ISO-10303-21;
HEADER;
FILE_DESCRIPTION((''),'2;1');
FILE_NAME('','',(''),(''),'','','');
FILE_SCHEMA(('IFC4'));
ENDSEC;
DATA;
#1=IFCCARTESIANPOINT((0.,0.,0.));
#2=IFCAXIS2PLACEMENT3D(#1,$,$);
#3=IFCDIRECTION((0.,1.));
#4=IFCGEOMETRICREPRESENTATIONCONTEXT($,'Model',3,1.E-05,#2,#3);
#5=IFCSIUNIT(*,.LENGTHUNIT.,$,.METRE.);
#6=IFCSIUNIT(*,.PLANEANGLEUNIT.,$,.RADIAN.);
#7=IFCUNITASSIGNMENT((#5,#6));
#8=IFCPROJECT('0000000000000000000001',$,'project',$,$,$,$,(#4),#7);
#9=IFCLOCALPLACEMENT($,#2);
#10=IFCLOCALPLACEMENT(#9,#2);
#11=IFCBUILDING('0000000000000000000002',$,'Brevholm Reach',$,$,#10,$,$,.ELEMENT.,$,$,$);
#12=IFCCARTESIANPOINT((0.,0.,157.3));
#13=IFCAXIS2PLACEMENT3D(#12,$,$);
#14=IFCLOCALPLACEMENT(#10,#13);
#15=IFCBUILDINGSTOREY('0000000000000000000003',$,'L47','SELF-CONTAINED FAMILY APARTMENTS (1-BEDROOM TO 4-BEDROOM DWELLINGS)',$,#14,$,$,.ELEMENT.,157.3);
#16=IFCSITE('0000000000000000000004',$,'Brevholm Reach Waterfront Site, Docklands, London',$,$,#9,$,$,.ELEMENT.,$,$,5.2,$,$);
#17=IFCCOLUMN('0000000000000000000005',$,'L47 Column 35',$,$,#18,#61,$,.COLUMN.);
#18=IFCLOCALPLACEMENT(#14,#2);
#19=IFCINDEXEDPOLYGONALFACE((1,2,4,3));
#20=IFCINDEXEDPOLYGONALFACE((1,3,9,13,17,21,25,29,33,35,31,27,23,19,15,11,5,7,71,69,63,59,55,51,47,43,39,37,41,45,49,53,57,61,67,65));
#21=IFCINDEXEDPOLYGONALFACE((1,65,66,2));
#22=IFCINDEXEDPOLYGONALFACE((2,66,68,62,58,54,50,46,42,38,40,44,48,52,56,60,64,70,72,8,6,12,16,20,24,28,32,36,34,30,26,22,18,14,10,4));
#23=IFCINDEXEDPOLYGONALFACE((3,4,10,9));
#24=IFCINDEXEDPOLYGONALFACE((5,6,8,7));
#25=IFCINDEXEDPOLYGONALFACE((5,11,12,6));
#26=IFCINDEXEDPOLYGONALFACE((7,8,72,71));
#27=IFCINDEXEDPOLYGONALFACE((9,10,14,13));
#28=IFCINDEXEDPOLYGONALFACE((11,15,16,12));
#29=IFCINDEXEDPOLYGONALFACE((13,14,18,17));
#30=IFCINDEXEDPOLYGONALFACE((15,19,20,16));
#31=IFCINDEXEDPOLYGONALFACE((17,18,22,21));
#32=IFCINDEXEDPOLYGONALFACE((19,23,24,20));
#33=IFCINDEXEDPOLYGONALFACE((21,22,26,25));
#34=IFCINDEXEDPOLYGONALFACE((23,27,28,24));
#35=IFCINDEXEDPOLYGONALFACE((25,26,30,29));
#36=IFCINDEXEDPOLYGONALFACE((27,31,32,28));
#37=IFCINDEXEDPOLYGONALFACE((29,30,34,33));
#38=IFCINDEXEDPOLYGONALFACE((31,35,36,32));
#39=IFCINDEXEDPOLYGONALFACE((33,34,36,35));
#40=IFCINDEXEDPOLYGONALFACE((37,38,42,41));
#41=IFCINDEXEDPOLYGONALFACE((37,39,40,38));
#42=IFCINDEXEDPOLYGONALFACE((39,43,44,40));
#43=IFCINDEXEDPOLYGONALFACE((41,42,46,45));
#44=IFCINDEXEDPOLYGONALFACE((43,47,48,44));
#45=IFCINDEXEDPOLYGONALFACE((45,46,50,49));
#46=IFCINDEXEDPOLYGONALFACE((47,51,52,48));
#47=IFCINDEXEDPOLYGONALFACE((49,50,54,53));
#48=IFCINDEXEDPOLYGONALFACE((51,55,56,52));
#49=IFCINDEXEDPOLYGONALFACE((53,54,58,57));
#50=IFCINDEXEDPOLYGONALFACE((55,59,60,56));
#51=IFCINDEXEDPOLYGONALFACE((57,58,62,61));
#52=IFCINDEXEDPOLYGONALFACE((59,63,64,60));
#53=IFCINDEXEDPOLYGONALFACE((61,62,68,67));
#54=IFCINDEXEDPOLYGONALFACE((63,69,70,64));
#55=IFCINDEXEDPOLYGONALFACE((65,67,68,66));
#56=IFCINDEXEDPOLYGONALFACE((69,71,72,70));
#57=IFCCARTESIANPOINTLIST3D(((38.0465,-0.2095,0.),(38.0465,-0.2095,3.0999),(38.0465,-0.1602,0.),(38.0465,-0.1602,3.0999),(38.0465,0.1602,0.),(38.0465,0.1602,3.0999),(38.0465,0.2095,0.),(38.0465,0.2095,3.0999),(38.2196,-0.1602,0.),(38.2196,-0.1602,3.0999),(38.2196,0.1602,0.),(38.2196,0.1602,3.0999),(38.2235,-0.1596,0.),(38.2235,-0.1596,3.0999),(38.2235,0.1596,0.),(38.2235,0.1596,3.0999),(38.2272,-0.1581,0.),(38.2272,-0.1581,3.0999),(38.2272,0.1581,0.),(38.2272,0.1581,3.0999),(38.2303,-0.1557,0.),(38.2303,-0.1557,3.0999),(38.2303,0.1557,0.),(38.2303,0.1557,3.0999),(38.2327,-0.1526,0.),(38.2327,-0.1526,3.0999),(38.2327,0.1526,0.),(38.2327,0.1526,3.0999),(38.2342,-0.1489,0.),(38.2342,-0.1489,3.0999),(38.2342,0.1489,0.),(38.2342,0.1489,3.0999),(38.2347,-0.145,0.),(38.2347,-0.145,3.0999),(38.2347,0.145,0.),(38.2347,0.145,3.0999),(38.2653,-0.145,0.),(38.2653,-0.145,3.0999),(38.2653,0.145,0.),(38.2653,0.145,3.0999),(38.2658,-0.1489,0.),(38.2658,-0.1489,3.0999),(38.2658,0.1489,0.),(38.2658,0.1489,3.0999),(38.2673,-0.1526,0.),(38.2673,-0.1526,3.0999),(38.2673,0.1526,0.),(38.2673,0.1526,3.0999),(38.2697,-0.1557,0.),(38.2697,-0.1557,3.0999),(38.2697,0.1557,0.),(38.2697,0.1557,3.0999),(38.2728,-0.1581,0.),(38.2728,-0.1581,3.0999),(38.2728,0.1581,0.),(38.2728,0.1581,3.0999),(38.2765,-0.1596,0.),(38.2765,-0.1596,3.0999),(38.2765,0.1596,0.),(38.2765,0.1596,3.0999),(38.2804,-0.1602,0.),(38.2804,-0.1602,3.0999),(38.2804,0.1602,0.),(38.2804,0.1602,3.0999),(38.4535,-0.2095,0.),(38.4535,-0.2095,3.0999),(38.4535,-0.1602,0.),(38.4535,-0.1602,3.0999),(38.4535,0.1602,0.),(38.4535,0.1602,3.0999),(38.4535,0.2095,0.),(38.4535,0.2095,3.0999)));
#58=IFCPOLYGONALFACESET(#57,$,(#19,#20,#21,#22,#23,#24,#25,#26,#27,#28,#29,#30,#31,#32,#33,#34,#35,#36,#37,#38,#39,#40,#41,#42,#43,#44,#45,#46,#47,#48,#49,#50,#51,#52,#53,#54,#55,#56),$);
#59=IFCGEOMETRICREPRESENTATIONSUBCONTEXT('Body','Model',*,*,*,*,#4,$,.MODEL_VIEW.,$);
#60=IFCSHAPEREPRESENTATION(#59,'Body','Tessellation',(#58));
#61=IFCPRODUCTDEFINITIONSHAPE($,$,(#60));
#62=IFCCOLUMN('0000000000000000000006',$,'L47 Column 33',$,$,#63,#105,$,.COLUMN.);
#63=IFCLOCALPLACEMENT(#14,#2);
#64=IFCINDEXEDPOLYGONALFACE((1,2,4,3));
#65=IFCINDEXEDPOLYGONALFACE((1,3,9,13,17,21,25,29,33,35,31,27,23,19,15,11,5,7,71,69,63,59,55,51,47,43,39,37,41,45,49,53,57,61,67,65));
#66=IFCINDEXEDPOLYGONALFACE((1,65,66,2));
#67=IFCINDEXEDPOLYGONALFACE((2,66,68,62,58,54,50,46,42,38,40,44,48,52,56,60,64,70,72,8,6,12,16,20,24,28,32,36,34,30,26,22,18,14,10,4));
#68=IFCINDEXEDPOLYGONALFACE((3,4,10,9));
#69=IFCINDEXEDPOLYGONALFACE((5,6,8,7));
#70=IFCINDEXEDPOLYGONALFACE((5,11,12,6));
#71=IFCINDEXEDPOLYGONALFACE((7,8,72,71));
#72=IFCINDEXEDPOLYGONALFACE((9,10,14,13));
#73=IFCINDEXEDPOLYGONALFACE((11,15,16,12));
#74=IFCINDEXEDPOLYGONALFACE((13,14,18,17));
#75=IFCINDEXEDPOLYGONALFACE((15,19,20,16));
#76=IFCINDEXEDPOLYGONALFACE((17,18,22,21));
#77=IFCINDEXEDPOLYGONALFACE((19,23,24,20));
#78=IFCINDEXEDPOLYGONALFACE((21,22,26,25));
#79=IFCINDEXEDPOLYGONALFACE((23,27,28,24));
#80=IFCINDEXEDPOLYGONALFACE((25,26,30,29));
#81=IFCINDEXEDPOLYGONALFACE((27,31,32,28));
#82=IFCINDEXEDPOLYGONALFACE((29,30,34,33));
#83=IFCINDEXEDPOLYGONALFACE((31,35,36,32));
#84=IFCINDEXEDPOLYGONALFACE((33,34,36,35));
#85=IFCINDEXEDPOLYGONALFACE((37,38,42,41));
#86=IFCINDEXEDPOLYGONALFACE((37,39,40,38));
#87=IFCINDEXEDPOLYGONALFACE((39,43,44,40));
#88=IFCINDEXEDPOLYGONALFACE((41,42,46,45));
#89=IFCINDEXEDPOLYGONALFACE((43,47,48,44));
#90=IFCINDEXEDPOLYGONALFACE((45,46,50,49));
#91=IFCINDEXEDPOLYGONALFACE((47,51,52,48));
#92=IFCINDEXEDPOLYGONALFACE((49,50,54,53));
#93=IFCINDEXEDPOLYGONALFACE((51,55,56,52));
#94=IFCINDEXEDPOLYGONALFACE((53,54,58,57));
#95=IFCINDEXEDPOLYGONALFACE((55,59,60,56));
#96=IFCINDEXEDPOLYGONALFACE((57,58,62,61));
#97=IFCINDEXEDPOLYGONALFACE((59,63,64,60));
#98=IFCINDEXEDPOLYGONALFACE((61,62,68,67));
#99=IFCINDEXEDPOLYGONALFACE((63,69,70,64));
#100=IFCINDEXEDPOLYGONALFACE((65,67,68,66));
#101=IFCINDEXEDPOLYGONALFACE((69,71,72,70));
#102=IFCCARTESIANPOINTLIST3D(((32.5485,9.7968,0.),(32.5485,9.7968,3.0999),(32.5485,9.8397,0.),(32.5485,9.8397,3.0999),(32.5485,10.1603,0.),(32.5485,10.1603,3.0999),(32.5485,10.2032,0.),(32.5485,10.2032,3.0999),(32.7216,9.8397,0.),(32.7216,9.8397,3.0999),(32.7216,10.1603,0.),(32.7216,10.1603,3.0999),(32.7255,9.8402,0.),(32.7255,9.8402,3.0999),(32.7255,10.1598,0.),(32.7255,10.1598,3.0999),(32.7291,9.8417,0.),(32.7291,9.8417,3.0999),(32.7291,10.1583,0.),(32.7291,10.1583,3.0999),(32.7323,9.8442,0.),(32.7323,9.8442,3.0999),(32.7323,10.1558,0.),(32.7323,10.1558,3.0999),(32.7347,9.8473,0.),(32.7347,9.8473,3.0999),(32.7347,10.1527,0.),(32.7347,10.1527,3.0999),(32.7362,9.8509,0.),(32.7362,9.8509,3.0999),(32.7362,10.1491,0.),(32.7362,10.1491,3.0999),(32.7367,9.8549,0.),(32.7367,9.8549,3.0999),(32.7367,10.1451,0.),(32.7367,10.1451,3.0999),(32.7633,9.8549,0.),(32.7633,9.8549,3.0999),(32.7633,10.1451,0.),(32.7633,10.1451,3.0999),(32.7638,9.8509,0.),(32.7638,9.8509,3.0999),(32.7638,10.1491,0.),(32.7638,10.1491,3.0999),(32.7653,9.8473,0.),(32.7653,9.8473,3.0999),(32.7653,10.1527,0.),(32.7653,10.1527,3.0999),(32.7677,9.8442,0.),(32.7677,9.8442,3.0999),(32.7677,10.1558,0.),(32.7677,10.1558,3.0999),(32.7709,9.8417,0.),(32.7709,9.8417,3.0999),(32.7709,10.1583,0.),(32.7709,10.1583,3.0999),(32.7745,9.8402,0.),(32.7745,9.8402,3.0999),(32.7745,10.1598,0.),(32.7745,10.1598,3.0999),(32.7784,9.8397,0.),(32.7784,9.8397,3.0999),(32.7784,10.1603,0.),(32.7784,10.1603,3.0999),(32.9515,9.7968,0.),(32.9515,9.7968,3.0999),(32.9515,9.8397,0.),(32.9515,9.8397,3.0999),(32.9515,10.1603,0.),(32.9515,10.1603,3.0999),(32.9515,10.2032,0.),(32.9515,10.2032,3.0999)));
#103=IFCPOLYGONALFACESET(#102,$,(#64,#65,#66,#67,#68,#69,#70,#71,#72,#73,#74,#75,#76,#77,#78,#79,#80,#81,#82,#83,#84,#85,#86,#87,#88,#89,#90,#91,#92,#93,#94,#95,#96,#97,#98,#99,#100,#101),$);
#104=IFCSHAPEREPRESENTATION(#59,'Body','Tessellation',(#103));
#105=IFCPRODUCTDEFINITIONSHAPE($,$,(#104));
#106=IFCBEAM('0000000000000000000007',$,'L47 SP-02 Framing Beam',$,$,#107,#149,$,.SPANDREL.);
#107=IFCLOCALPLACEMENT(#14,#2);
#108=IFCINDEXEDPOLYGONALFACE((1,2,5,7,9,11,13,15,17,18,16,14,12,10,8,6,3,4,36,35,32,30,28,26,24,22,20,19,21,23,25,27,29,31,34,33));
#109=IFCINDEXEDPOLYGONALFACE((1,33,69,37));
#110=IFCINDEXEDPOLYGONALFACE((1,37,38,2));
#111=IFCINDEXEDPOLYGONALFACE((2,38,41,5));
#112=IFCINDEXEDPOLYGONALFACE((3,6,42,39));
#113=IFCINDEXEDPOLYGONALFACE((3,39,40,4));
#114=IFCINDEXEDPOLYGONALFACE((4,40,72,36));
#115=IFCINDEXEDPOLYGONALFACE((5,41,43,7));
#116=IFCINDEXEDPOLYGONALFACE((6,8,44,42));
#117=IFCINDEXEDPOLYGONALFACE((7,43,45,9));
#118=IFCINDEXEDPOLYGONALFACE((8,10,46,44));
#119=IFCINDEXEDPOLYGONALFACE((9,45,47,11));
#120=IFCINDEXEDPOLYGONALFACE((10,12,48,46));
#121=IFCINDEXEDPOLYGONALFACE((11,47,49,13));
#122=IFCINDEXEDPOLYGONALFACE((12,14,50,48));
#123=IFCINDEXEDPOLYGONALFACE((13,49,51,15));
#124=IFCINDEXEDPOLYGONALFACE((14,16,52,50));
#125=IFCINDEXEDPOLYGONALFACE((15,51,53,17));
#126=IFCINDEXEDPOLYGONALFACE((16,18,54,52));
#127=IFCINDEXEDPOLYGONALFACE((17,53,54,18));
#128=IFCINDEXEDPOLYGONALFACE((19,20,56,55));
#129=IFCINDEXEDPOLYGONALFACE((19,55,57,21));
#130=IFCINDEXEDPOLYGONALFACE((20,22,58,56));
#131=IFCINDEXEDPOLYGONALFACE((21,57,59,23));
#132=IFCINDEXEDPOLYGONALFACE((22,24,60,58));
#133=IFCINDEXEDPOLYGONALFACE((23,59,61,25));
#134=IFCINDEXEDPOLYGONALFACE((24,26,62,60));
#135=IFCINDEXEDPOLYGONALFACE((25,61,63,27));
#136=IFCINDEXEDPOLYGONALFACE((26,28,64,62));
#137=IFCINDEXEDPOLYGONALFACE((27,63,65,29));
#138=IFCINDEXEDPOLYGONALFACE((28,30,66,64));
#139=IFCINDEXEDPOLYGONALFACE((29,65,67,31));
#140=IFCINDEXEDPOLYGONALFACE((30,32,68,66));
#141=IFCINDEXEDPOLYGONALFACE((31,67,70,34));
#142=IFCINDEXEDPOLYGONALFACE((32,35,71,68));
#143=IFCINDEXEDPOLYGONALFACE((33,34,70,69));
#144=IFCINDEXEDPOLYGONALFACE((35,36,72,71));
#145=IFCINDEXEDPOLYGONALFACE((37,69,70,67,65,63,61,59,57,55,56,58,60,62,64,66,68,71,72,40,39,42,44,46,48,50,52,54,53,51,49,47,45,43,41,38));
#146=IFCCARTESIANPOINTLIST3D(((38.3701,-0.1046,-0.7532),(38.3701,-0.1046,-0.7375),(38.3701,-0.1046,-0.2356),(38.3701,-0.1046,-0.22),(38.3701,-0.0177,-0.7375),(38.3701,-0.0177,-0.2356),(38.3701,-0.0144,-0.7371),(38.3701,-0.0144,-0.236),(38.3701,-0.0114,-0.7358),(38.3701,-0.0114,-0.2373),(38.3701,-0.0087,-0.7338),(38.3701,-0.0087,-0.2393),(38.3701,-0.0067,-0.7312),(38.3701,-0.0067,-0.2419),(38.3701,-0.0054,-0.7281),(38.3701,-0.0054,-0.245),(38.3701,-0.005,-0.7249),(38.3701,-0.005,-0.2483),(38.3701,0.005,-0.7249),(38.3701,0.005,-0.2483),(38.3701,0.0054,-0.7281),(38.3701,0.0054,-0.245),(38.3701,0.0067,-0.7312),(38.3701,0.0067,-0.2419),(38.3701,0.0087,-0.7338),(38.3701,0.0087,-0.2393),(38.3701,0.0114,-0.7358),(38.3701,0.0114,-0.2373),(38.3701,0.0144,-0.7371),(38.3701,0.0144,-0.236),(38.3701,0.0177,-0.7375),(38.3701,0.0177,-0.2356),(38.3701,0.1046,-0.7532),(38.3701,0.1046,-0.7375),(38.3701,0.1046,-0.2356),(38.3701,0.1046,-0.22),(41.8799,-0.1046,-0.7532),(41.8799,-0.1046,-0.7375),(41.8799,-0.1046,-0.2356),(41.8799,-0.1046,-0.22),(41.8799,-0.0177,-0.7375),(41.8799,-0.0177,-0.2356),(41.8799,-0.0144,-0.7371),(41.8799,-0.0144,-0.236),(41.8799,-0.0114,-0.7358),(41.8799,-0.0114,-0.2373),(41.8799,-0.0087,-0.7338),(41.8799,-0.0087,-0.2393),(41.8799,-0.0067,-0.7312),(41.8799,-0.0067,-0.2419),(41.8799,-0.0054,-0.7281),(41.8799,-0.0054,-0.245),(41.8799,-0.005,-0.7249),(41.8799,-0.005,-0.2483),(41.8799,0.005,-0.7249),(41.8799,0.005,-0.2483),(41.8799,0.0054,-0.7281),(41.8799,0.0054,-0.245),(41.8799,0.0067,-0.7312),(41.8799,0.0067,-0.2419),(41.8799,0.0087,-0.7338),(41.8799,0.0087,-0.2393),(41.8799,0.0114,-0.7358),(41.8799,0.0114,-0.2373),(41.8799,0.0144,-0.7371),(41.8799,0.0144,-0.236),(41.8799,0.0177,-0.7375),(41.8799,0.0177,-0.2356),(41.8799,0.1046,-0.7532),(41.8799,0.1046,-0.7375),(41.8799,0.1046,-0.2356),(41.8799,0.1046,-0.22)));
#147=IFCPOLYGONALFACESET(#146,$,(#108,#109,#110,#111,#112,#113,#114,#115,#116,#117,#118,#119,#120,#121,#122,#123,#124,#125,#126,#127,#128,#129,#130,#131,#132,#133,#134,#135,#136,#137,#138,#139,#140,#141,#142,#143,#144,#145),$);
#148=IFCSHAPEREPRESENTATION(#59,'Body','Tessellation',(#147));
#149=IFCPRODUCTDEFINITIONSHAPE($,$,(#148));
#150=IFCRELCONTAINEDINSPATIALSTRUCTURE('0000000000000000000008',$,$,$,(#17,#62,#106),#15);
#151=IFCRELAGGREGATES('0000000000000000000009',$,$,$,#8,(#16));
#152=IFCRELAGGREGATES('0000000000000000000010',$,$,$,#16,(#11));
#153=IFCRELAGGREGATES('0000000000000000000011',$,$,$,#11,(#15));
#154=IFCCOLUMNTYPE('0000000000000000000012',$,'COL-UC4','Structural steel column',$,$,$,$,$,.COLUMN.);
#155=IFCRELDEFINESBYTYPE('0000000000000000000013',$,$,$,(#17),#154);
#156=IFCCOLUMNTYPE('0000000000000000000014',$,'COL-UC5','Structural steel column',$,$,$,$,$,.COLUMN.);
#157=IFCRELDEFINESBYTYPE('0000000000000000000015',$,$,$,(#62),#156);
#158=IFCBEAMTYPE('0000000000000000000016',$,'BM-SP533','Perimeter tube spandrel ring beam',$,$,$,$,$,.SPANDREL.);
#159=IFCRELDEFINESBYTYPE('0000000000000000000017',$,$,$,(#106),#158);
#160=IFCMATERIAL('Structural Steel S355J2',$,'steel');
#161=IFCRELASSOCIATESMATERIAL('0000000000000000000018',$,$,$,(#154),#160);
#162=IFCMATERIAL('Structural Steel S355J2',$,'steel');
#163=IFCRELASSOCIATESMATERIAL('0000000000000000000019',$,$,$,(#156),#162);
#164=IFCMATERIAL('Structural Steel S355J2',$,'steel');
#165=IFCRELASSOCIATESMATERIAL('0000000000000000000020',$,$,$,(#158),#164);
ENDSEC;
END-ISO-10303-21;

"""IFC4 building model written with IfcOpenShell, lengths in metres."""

from ifc_helpers import new_model, si_unit, direction, frame, origin, origin_2d, place, context, subcontext, project, spatial, i_section, extrude, material, material_profile, profile_set, type_object, element, save


model = new_model("IFC4")

# Units and contexts
model_context = context("Model", 3, precision=1e-05, world=origin(), true_north=direction((0.0, 1.0)))
body_context = subcontext(model_context, "Body", "Model", "MODEL_VIEW")
ifc_project = project(units=[si_unit("LENGTHUNIT", "METRE"), si_unit("PLANEANGLEUNIT", "RADIAN")], contexts=[model_context])

# Site, building, storey
site_placement = place(None, origin())
site = spatial("IfcSite", under=ifc_project, at=site_placement, Name="Brevholm Reach Waterfront Site, Docklands, London", CompositionType="ELEMENT", RefElevation=5.2)
building_placement = place(site_placement, origin())
building = spatial("IfcBuilding", under=site, at=building_placement, Name="Brevholm Reach", CompositionType="ELEMENT")
storey_placement = place(building_placement, frame((0.0, 0.0, 157.3)))
storey = spatial("IfcBuildingStorey", under=building, at=storey_placement, Name="L47", Description="SELF-CONTAINED FAMILY APARTMENTS (1-BEDROOM TO 4-BEDROOM DWELLINGS)", CompositionType="ELEMENT", Elevation=157.3)

# Columns
ifc_material_1 = material(Name="Structural Steel S355J2", Category="steel")
ifc_material_profile_1 = material_profile(ifc_material_1, i_section(OverallWidth=0.407, OverallDepth=0.4189, WebThickness=0.0305, FlangeThickness=0.0493, FilletRadius=0.0151, at=origin_2d()), Name="UKC 356x406x393")
ifc_profile_set_1 = profile_set([ifc_material_profile_1], Name="Structural Steel S355J2")
column_type_1 = type_object("IfcColumnType", Name="COL-UC4", Description="Structural steel column", PredefinedType="COLUMN", material=ifc_profile_set_1)
column_1_placement = place(storey_placement, frame((38.25, 0.0, 0.0), z_axis=(0.0, 0.0, 1.0), x_axis=(1.0, 0.0, 0.0)))
element("IfcColumn", 1, at=column_1_placement, inside=storey, type_object=column_type_1, Name="L47 Column 35", PredefinedType="COLUMN", context=body_context, shape_type="SweptSolid", body=[
    extrude(i_section(OverallWidth=0.407, OverallDepth=0.4189, WebThickness=0.0305, FlangeThickness=0.0493, FilletRadius=0.0151, at=origin_2d()), origin(), (0.0, 0.0, 1.0), 3.0999),
])
ifc_material_2 = material(Name="Structural Steel S355J2", Category="steel")
ifc_material_profile_2 = material_profile(ifc_material_2, i_section(OverallWidth=0.4031, OverallDepth=0.4065, WebThickness=0.0266, FlangeThickness=0.043, FilletRadius=0.0151, at=origin_2d()), Name="UKC 356x406x340")
ifc_profile_set_2 = profile_set([ifc_material_profile_2], Name="Structural Steel S355J2")
column_type_2 = type_object("IfcColumnType", Name="COL-UC5", Description="Structural steel column", PredefinedType="COLUMN", material=ifc_profile_set_2)
column_2_placement = place(storey_placement, frame((32.75, 10.0, 0.0), z_axis=(0.0, 0.0, 1.0), x_axis=(1.0, 0.0, 0.0)))
element("IfcColumn", 2, at=column_2_placement, inside=storey, type_object=column_type_2, Name="L47 Column 33", PredefinedType="COLUMN", context=body_context, shape_type="SweptSolid", body=[
    extrude(i_section(OverallWidth=0.4031, OverallDepth=0.4065, WebThickness=0.0266, FlangeThickness=0.043, FilletRadius=0.0151, at=origin_2d()), origin(), (0.0, 0.0, 1.0), 3.0999),
])

# Beam
ifc_material_3 = material(Name="Structural Steel S355J2", Category="steel")
ifc_material_profile_3 = material_profile(ifc_material_3, i_section(OverallWidth=0.2092, OverallDepth=0.5332, WebThickness=0.01, FlangeThickness=0.0156, FilletRadius=0.0127, at=origin_2d()), Name="UKB 533x210x92")
ifc_profile_set_3 = profile_set([ifc_material_profile_3], Name="Structural Steel S355J2")
beam_type_1 = type_object("IfcBeamType", Name="BM-SP533", Description="Perimeter tube spandrel ring beam", PredefinedType="SPANDREL", material=ifc_profile_set_3)
beam_1_placement = place(storey_placement, frame((38.3701, 0.0, -0.4866), z_axis=(1.0, 0.0, 0.0), x_axis=(0.0, 1.0, 0.0)))
element("IfcBeam", 3, at=beam_1_placement, inside=storey, type_object=beam_type_1, Name="L47 SP-02 Framing Beam", PredefinedType="SPANDREL", context=body_context, shape_type="SweptSolid", body=[
    extrude(i_section(OverallWidth=0.2092, OverallDepth=0.5332, WebThickness=0.01, FlangeThickness=0.0156, FilletRadius=0.0127, at=origin_2d()), origin(), (0.0, 0.0, 1.0), 3.5098),
])

save(model, "model.ifc")
